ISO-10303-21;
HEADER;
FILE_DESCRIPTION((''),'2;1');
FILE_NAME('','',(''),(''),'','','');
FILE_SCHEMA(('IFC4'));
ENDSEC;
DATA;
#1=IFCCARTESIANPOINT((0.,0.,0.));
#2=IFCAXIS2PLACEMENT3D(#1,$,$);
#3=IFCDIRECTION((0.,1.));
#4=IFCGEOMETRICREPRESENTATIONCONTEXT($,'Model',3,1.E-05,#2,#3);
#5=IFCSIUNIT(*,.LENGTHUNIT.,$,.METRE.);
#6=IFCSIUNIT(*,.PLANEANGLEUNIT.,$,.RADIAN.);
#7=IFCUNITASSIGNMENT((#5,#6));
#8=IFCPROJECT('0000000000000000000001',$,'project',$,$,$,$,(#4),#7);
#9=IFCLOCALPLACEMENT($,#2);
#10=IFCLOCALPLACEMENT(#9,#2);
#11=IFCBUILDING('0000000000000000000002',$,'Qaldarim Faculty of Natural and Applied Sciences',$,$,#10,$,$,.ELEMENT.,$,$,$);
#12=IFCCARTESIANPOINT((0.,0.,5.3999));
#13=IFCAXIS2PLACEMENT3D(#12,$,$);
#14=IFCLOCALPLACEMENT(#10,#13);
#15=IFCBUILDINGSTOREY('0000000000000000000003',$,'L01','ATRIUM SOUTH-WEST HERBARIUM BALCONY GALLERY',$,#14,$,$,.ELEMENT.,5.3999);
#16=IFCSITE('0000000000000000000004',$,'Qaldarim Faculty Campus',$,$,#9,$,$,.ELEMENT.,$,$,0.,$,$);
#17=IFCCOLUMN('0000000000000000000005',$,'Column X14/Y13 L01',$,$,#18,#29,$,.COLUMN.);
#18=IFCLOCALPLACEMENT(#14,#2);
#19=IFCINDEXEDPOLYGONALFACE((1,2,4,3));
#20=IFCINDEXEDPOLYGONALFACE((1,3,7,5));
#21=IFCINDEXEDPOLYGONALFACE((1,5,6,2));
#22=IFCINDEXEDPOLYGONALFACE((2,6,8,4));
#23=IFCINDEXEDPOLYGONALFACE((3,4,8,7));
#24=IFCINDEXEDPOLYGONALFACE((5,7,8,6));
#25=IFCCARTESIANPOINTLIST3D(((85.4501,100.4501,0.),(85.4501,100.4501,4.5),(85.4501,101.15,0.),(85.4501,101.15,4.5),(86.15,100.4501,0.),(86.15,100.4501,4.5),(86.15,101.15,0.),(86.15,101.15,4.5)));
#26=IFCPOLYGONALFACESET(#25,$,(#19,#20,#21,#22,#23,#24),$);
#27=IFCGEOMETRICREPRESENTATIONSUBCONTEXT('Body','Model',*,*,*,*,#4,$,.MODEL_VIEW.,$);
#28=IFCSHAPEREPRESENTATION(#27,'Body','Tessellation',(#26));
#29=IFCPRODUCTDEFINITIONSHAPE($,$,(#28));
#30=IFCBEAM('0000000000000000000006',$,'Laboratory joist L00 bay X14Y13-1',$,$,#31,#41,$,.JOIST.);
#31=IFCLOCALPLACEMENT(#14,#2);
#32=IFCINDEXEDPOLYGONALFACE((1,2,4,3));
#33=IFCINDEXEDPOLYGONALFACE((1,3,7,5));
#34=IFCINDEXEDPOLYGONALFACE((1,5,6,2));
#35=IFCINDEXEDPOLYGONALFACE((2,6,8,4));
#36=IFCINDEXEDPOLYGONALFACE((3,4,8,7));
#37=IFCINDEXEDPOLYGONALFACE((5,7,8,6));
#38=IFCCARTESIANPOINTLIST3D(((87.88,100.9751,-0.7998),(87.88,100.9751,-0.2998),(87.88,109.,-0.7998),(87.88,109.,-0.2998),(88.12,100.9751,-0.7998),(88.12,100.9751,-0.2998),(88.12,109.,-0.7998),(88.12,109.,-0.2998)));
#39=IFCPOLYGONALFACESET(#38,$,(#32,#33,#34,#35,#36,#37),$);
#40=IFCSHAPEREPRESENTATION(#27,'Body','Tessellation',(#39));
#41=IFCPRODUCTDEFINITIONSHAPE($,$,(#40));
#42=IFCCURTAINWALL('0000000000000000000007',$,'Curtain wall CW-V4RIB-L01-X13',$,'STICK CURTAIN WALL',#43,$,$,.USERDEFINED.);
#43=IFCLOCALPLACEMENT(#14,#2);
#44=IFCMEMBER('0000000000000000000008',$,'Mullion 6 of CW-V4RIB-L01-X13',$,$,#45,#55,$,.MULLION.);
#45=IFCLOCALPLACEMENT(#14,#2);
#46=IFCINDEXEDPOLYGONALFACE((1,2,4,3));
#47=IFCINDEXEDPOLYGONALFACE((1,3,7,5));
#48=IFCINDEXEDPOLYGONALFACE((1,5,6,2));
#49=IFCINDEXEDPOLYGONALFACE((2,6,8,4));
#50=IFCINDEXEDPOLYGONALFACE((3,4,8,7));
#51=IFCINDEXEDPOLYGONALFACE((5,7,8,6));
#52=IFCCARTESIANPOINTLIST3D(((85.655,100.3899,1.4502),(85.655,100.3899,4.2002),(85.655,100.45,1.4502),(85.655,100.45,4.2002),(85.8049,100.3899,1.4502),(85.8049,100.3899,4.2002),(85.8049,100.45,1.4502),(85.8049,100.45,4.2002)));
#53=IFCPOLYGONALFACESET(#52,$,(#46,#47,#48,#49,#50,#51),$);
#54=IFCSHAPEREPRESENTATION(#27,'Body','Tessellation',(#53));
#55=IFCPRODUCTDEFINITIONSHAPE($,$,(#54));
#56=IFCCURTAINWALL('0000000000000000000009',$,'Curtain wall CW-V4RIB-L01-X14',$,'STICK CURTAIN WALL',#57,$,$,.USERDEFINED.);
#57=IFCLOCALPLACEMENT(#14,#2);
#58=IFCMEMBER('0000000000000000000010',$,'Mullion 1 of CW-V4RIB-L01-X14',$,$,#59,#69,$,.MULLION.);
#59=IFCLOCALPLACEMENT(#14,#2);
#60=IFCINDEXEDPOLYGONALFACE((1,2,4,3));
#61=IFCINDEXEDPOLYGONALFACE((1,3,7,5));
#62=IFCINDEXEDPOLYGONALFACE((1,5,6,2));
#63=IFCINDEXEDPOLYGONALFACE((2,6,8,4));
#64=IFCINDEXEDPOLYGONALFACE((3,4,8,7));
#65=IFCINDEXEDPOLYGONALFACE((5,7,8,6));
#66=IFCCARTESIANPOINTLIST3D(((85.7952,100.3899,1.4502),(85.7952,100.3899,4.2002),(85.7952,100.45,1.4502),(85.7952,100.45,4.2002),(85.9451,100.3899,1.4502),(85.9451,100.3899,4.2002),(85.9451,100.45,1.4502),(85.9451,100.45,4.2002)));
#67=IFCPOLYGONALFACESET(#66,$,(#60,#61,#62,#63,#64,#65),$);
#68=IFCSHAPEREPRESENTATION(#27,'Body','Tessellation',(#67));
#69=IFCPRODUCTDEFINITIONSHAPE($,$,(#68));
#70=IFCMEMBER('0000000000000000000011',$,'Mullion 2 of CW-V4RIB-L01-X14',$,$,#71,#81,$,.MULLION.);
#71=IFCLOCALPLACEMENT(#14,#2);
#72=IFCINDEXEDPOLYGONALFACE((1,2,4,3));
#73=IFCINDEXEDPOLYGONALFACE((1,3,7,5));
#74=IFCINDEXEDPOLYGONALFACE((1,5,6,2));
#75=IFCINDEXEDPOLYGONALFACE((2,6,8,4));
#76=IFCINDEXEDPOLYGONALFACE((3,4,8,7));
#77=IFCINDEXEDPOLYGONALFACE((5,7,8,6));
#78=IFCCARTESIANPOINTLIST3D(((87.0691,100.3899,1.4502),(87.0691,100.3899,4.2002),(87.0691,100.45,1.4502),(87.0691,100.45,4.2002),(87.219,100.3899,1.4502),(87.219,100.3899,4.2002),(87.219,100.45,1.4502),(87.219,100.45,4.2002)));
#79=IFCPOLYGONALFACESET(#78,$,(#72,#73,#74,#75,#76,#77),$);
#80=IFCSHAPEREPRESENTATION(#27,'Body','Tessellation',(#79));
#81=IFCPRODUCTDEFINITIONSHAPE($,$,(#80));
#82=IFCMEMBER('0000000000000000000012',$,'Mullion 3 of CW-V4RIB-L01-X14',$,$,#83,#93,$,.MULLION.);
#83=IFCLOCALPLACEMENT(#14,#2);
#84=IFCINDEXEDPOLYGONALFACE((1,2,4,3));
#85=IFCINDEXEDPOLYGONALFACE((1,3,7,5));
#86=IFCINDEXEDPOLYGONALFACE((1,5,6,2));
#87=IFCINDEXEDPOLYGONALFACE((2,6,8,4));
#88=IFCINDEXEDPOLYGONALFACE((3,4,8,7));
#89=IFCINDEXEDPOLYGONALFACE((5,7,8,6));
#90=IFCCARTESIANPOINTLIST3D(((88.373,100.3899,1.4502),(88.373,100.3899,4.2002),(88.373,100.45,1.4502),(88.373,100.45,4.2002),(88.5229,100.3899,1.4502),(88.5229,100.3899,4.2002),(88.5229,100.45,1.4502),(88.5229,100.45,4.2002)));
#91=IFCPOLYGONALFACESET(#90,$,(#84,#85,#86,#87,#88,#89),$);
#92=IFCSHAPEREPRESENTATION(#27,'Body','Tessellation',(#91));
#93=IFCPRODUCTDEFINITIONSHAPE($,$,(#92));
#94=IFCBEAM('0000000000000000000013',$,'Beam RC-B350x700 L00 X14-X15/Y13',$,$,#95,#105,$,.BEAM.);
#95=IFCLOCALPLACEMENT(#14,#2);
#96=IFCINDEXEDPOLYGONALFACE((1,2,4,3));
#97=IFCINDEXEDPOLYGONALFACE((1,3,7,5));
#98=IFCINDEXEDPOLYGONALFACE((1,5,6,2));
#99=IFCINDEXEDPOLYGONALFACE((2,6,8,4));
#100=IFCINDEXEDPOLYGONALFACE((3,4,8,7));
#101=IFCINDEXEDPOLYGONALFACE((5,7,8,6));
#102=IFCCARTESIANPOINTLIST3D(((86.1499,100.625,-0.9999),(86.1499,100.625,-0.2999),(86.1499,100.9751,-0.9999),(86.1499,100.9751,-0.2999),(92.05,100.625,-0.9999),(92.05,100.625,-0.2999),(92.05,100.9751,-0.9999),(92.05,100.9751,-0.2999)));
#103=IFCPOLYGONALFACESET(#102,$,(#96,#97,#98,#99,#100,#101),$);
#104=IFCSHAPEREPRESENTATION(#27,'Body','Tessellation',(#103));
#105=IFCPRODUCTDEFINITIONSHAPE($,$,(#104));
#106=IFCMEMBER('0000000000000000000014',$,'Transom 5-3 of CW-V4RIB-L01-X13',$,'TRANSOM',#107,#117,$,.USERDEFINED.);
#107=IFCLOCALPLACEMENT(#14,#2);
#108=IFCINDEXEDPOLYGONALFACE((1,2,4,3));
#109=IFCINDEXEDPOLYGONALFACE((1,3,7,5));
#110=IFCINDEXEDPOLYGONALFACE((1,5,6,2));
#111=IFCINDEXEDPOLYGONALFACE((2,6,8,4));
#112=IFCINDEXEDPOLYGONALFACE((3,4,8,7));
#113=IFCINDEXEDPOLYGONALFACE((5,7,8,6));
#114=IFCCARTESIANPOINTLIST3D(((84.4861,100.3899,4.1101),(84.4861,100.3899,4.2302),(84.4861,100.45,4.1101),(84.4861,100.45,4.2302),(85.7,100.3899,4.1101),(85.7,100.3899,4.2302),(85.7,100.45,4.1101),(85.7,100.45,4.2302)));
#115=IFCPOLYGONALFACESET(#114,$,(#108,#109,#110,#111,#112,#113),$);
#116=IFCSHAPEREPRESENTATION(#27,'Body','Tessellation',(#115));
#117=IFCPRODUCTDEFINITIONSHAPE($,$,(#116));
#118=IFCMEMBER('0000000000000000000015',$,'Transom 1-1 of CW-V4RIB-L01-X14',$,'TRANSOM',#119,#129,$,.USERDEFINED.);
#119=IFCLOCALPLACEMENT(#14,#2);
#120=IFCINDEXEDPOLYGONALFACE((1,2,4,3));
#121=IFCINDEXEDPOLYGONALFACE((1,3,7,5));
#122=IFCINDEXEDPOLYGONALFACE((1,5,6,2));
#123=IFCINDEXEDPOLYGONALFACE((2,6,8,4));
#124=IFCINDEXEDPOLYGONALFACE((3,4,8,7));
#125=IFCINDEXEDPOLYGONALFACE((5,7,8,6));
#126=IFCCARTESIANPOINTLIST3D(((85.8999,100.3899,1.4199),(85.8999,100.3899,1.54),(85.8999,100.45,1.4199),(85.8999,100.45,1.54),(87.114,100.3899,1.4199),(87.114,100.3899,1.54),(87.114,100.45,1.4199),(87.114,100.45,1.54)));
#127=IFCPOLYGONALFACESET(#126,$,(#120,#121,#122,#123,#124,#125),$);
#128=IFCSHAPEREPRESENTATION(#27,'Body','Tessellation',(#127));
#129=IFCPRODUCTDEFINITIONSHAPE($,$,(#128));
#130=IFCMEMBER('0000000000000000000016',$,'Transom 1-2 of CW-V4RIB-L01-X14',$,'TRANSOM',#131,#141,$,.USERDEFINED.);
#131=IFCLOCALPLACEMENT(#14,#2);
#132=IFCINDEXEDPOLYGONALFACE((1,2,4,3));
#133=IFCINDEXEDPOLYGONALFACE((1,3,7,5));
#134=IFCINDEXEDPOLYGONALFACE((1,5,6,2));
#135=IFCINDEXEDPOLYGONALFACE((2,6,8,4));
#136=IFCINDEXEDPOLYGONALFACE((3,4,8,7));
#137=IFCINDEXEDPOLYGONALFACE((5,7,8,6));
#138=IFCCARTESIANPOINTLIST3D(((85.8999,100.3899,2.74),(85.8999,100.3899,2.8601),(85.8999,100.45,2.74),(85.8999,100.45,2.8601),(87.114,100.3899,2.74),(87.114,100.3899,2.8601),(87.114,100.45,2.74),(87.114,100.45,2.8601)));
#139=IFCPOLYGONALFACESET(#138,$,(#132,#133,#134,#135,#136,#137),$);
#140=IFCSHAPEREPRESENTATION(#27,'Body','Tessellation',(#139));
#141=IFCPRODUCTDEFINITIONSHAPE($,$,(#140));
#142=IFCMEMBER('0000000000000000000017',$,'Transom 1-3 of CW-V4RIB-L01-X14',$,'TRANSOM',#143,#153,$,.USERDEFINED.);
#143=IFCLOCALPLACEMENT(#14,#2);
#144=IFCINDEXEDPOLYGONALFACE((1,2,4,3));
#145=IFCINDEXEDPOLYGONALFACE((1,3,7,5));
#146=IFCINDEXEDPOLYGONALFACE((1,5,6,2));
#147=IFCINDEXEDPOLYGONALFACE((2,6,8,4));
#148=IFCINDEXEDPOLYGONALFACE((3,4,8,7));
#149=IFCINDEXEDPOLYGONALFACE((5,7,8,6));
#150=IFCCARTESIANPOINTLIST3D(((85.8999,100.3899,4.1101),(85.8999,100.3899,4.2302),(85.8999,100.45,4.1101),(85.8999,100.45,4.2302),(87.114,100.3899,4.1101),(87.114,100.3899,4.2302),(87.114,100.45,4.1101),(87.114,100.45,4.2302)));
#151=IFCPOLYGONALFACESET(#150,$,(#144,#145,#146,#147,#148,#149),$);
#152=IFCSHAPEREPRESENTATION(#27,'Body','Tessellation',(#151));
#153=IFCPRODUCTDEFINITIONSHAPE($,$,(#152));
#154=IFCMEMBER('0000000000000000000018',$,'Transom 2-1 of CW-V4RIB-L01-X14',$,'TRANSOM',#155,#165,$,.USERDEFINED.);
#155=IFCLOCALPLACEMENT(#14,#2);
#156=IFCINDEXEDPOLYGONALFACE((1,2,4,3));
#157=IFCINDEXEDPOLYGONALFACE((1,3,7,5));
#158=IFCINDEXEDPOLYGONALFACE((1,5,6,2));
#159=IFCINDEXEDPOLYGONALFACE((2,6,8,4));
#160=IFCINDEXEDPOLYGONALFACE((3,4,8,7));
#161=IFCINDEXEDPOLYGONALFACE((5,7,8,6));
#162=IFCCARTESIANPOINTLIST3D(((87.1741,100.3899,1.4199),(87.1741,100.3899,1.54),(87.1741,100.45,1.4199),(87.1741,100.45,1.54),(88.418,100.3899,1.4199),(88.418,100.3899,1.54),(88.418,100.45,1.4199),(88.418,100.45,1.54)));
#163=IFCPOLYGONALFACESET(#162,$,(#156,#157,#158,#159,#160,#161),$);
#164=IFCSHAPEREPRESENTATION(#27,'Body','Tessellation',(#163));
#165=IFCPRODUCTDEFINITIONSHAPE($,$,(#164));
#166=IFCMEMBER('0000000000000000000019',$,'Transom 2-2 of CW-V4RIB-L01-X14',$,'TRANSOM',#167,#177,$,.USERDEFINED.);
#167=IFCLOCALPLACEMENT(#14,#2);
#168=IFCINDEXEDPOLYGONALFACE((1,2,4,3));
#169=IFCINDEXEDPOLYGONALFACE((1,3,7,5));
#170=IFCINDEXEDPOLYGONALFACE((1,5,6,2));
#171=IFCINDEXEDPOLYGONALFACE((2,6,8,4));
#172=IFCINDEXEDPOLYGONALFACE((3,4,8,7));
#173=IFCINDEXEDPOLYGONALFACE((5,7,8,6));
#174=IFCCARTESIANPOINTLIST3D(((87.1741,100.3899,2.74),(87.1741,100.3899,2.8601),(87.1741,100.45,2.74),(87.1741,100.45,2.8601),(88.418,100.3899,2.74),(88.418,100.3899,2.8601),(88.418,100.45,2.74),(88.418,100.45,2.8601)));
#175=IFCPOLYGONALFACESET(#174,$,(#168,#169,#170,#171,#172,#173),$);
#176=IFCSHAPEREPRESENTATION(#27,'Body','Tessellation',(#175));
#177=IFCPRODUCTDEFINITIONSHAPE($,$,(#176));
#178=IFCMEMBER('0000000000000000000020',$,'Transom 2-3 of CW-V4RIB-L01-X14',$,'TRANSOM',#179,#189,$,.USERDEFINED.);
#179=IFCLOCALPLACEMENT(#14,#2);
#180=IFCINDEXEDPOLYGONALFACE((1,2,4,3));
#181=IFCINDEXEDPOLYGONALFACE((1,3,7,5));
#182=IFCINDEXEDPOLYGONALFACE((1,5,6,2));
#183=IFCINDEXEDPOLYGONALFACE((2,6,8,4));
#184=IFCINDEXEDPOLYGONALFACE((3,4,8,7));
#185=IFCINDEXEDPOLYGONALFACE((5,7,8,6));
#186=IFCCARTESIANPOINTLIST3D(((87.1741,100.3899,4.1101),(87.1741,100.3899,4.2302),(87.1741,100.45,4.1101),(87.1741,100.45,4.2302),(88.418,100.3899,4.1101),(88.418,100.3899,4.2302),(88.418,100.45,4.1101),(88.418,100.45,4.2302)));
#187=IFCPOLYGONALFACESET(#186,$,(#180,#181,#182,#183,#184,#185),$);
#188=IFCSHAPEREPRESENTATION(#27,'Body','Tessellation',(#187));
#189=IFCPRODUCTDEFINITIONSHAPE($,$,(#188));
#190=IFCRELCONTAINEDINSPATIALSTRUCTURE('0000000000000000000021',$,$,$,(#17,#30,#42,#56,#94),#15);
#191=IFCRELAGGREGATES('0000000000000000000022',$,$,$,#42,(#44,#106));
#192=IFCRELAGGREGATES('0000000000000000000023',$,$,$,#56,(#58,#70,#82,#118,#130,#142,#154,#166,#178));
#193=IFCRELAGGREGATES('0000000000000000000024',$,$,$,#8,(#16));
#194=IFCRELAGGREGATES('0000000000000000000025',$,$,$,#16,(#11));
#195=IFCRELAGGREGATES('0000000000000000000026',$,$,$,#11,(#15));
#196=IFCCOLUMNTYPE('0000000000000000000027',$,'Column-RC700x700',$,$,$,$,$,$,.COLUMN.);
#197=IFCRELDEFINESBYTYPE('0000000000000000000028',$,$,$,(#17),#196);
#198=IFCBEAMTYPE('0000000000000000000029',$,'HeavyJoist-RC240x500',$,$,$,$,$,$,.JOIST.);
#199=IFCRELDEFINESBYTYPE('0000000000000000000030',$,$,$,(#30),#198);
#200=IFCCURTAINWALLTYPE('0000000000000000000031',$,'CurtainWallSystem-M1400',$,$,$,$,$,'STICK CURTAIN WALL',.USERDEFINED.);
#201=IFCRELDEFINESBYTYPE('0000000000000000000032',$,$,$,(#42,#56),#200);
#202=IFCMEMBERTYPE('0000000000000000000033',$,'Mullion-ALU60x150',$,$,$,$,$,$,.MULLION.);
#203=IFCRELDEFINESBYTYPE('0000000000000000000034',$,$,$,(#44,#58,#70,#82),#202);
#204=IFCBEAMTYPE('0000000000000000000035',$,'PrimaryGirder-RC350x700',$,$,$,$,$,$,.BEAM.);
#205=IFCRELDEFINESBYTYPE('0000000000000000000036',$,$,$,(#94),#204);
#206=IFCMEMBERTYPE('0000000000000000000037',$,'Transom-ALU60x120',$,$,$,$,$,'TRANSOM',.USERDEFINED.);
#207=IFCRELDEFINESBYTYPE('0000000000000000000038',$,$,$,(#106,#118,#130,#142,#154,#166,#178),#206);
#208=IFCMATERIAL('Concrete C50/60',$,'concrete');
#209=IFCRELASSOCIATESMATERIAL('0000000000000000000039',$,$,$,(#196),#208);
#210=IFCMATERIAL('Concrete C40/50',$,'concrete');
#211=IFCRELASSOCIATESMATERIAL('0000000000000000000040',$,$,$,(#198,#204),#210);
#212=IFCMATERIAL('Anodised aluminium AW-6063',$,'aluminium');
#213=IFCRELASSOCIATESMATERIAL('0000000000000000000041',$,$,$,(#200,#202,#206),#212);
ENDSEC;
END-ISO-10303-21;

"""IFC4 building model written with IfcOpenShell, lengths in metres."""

from ifc_helpers import new_model, si_unit, direction, frame, origin, origin_2d, place, context, subcontext, project, spatial, rectangle, extrude, material, material_profile, profile_set, type_object, element, aggregate, save


model = new_model("IFC4")

# Units and contexts
model_context = context("Model", 3, precision=1e-05, world=origin(), true_north=direction((0.0, 1.0)))
body_context = subcontext(model_context, "Body", "Model", "MODEL_VIEW")
ifc_project = project(units=[si_unit("LENGTHUNIT", "METRE"), si_unit("PLANEANGLEUNIT", "RADIAN")], contexts=[model_context])

# Site, building, storey
site_placement = place(None, origin())
site = spatial("IfcSite", under=ifc_project, at=site_placement, Name="Qaldarim Faculty Campus", CompositionType="ELEMENT", RefElevation=0.0)
building_placement = place(site_placement, origin())
building = spatial("IfcBuilding", under=site, at=building_placement, Name="Qaldarim Faculty of Natural and Applied Sciences", CompositionType="ELEMENT")
storey_placement = place(building_placement, frame((0.0, 0.0, 5.3999)))
storey = spatial("IfcBuildingStorey", under=building, at=storey_placement, Name="L01", Description="ATRIUM SOUTH-WEST HERBARIUM BALCONY GALLERY", CompositionType="ELEMENT", Elevation=5.3999)

# Column
ifc_material_1 = material(Name="Concrete C50/60", Category="concrete")
ifc_material_profile_1 = material_profile(ifc_material_1, rectangle(XDim=0.7, YDim=0.7, at=origin_2d()), Name="RC-C700x700")
ifc_profile_set_1 = profile_set([ifc_material_profile_1], Name="Concrete C50/60")
column_type = type_object("IfcColumnType", Name="Column-RC700x700", PredefinedType="COLUMN", material=ifc_profile_set_1)
column_placement = place(storey_placement, frame((85.8, 100.8, 0.0), z_axis=(0.0, 0.0, 1.0), x_axis=(1.0, 0.0, 0.0)))
element("IfcColumn", 1, at=column_placement, inside=storey, type_object=column_type, Name="Column X14/Y13 L01", PredefinedType="COLUMN", context=body_context, shape_type="SweptSolid", body=[
    extrude(rectangle(XDim=0.7, YDim=0.7, at=origin_2d()), origin(), (0.0, 0.0, 1.0), 4.5),
])

# Beam
ifc_material_2 = material(Name="Concrete C40/50", Category="concrete")
ifc_material_profile_2 = material_profile(ifc_material_2, rectangle(XDim=0.24, YDim=0.5, at=origin_2d()), Name="RC-J240x500")
ifc_profile_set_2 = profile_set([ifc_material_profile_2], Name="Concrete C40/50")
beam_type_1 = type_object("IfcBeamType", Name="HeavyJoist-RC240x500", PredefinedType="JOIST", material=ifc_profile_set_2)
beam_1_placement = place(storey_placement, frame((88.0, 100.9751, -0.5498), z_axis=(0.0, 1.0, 0.0), x_axis=(-1.0, 0.0, 0.0)))
element("IfcBeam", 2, at=beam_1_placement, inside=storey, type_object=beam_type_1, Name="Laboratory joist L00 bay X14Y13-1", PredefinedType="JOIST", context=body_context, shape_type="SweptSolid", body=[
    extrude(rectangle(XDim=0.24, YDim=0.5, at=origin_2d()), origin(), (0.0, 0.0, 1.0), 8.0249),
])

# Curtain wall, member
ifc_material_3 = material(Name="Anodised aluminium AW-6063", Category="aluminium")
curtain_wall_type = type_object("IfcCurtainWallType", Name="CurtainWallSystem-M1400", ElementType="STICK CURTAIN WALL", PredefinedType="USERDEFINED", material=ifc_material_3)
curtain_wall_1_placement = place(storey_placement, origin())
curtain_wall_1 = element("IfcCurtainWall", 3, at=curtain_wall_1_placement, inside=storey, type_object=curtain_wall_type, Name="Curtain wall CW-V4RIB-L01-X13", ObjectType="STICK CURTAIN WALL", PredefinedType="USERDEFINED")
ifc_material_profile_3 = material_profile(ifc_material_3, rectangle(XDim=0.0601, YDim=0.1499, at=origin_2d()), Name="ALU-M60x150")
ifc_profile_set_3 = profile_set([ifc_material_profile_3], Name="Anodised aluminium AW-6063")
member_type_1 = type_object("IfcMemberType", Name="Mullion-ALU60x150", PredefinedType="MULLION", material=ifc_profile_set_3)
member_1_placement = place(storey_placement, frame((85.73, 100.4199, 1.4502), z_axis=(0.0, 0.0, 1.0), x_axis=(0.0, 1.0, 0.0)))
member_1 = element("IfcMember", 4, at=member_1_placement, type_object=member_type_1, Name="Mullion 6 of CW-V4RIB-L01-X13", PredefinedType="MULLION", context=body_context, shape_type="SweptSolid", body=[
    extrude(rectangle(XDim=0.0601, YDim=0.1499, at=origin_2d()), origin(), (0.0, 0.0, 1.0), 2.75),
])

# Curtain wall, members
curtain_wall_2_placement = place(storey_placement, origin())
curtain_wall_2 = element("IfcCurtainWall", 5, at=curtain_wall_2_placement, inside=storey, type_object=curtain_wall_type, Name="Curtain wall CW-V4RIB-L01-X14", ObjectType="STICK CURTAIN WALL", PredefinedType="USERDEFINED")
member_2_placement = place(storey_placement, frame((85.8701, 100.4199, 1.4502), z_axis=(0.0, 0.0, 1.0), x_axis=(0.0, 1.0, 0.0)))
member_2 = element("IfcMember", 6, at=member_2_placement, type_object=member_type_1, Name="Mullion 1 of CW-V4RIB-L01-X14", PredefinedType="MULLION", context=body_context, shape_type="SweptSolid", body=[
    extrude(rectangle(XDim=0.0601, YDim=0.1499, at=origin_2d()), origin(), (0.0, 0.0, 1.0), 2.75),
])
member_3_placement = place(storey_placement, frame((87.144, 100.4199, 1.4502), z_axis=(0.0, 0.0, 1.0), x_axis=(0.0, 1.0, 0.0)))
member_3 = element("IfcMember", 7, at=member_3_placement, type_object=member_type_1, Name="Mullion 2 of CW-V4RIB-L01-X14", PredefinedType="MULLION", context=body_context, shape_type="SweptSolid", body=[
    extrude(rectangle(XDim=0.0601, YDim=0.1499, at=origin_2d()), origin(), (0.0, 0.0, 1.0), 2.75),
])
member_4_placement = place(storey_placement, frame((88.448, 100.4199, 1.4502), z_axis=(0.0, 0.0, 1.0), x_axis=(0.0, 1.0, 0.0)))
member_4 = element("IfcMember", 8, at=member_4_placement, type_object=member_type_1, Name="Mullion 3 of CW-V4RIB-L01-X14", PredefinedType="MULLION", context=body_context, shape_type="SweptSolid", body=[
    extrude(rectangle(XDim=0.0601, YDim=0.1499, at=origin_2d()), origin(), (0.0, 0.0, 1.0), 2.75),
])

# Beam
ifc_material_profile_4 = material_profile(ifc_material_2, rectangle(XDim=0.3501, YDim=0.7, at=origin_2d()), Name="RC-B350x700")
ifc_profile_set_4 = profile_set([ifc_material_profile_4], Name="Concrete C40/50")
beam_type_2 = type_object("IfcBeamType", Name="PrimaryGirder-RC350x700", PredefinedType="BEAM", material=ifc_profile_set_4)
beam_2_placement = place(storey_placement, frame((86.1499, 100.8, -0.6499), z_axis=(1.0, 0.0, 0.0), x_axis=(0.0, 1.0, 0.0)))
element("IfcBeam", 9, at=beam_2_placement, inside=storey, type_object=beam_type_2, Name="Beam RC-B350x700 L00 X14-X15/Y13", PredefinedType="BEAM", context=body_context, shape_type="SweptSolid", body=[
    extrude(rectangle(XDim=0.3501, YDim=0.7, at=origin_2d()), origin(), (0.0, 0.0, 1.0), 5.9001),
])

# Members
ifc_material_profile_5 = material_profile(ifc_material_3, rectangle(XDim=0.0601, YDim=0.1201, at=origin_2d()), Name="ALU-T60x120")
ifc_profile_set_5 = profile_set([ifc_material_profile_5], Name="Anodised aluminium AW-6063")
member_type_2 = type_object("IfcMemberType", Name="Transom-ALU60x120", ElementType="TRANSOM", PredefinedType="USERDEFINED", material=ifc_profile_set_5)
member_5_placement = place(storey_placement, frame((84.4861, 100.4199, 4.1702), z_axis=(1.0, 0.0, 0.0), x_axis=(0.0, 1.0, 0.0)))
member_5 = element("IfcMember", 10, at=member_5_placement, type_object=member_type_2, Name="Transom 5-3 of CW-V4RIB-L01-X13", ObjectType="TRANSOM", PredefinedType="USERDEFINED", context=body_context, shape_type="SweptSolid", body=[
    extrude(rectangle(XDim=0.0601, YDim=0.1201, at=origin_2d()), origin(), (0.0, 0.0, 1.0), 1.2139),
])
member_6_placement = place(storey_placement, frame((85.8999, 100.4199, 1.48), z_axis=(1.0, 0.0, 0.0), x_axis=(0.0, 1.0, 0.0)))
member_6 = element("IfcMember", 11, at=member_6_placement, type_object=member_type_2, Name="Transom 1-1 of CW-V4RIB-L01-X14", ObjectType="TRANSOM", PredefinedType="USERDEFINED", context=body_context, shape_type="SweptSolid", body=[
    extrude(rectangle(XDim=0.0601, YDim=0.1201, at=origin_2d()), origin(), (0.0, 0.0, 1.0), 1.2141),
])
member_7_placement = place(storey_placement, frame((85.8999, 100.4199, 2.8), z_axis=(1.0, 0.0, 0.0), x_axis=(0.0, 1.0, 0.0)))
member_7 = element("IfcMember", 12, at=member_7_placement, type_object=member_type_2, Name="Transom 1-2 of CW-V4RIB-L01-X14", ObjectType="TRANSOM", PredefinedType="USERDEFINED", context=body_context, shape_type="SweptSolid", body=[
    extrude(rectangle(XDim=0.0601, YDim=0.1201, at=origin_2d()), origin(), (0.0, 0.0, 1.0), 1.2141),
])
member_8_placement = place(storey_placement, frame((85.8999, 100.4199, 4.1702), z_axis=(1.0, 0.0, 0.0), x_axis=(0.0, 1.0, 0.0)))
member_8 = element("IfcMember", 13, at=member_8_placement, type_object=member_type_2, Name="Transom 1-3 of CW-V4RIB-L01-X14", ObjectType="TRANSOM", PredefinedType="USERDEFINED", context=body_context, shape_type="SweptSolid", body=[
    extrude(rectangle(XDim=0.0601, YDim=0.1201, at=origin_2d()), origin(), (0.0, 0.0, 1.0), 1.2141),
])
member_9_placement = place(storey_placement, frame((87.1741, 100.4199, 1.48), z_axis=(1.0, 0.0, 0.0), x_axis=(0.0, 1.0, 0.0)))
member_9 = element("IfcMember", 14, at=member_9_placement, type_object=member_type_2, Name="Transom 2-1 of CW-V4RIB-L01-X14", ObjectType="TRANSOM", PredefinedType="USERDEFINED", context=body_context, shape_type="SweptSolid", body=[
    extrude(rectangle(XDim=0.0601, YDim=0.1201, at=origin_2d()), origin(), (0.0, 0.0, 1.0), 1.2439),
])
member_10_placement = place(storey_placement, frame((87.1741, 100.4199, 2.8), z_axis=(1.0, 0.0, 0.0), x_axis=(0.0, 1.0, 0.0)))
member_10 = element("IfcMember", 15, at=member_10_placement, type_object=member_type_2, Name="Transom 2-2 of CW-V4RIB-L01-X14", ObjectType="TRANSOM", PredefinedType="USERDEFINED", context=body_context, shape_type="SweptSolid", body=[
    extrude(rectangle(XDim=0.0601, YDim=0.1201, at=origin_2d()), origin(), (0.0, 0.0, 1.0), 1.2439),
])
member_11_placement = place(storey_placement, frame((87.1741, 100.4199, 4.1702), z_axis=(1.0, 0.0, 0.0), x_axis=(0.0, 1.0, 0.0)))
member_11 = element("IfcMember", 16, at=member_11_placement, type_object=member_type_2, Name="Transom 2-3 of CW-V4RIB-L01-X14", ObjectType="TRANSOM", PredefinedType="USERDEFINED", context=body_context, shape_type="SweptSolid", body=[
    extrude(rectangle(XDim=0.0601, YDim=0.1201, at=origin_2d()), origin(), (0.0, 0.0, 1.0), 1.2439),
])

aggregate(curtain_wall_1, [member_1, member_5])
aggregate(curtain_wall_2, [member_2, member_3, member_4, member_6, member_7, member_8, member_9, member_10, member_11])

save(model, "model.ifc")
